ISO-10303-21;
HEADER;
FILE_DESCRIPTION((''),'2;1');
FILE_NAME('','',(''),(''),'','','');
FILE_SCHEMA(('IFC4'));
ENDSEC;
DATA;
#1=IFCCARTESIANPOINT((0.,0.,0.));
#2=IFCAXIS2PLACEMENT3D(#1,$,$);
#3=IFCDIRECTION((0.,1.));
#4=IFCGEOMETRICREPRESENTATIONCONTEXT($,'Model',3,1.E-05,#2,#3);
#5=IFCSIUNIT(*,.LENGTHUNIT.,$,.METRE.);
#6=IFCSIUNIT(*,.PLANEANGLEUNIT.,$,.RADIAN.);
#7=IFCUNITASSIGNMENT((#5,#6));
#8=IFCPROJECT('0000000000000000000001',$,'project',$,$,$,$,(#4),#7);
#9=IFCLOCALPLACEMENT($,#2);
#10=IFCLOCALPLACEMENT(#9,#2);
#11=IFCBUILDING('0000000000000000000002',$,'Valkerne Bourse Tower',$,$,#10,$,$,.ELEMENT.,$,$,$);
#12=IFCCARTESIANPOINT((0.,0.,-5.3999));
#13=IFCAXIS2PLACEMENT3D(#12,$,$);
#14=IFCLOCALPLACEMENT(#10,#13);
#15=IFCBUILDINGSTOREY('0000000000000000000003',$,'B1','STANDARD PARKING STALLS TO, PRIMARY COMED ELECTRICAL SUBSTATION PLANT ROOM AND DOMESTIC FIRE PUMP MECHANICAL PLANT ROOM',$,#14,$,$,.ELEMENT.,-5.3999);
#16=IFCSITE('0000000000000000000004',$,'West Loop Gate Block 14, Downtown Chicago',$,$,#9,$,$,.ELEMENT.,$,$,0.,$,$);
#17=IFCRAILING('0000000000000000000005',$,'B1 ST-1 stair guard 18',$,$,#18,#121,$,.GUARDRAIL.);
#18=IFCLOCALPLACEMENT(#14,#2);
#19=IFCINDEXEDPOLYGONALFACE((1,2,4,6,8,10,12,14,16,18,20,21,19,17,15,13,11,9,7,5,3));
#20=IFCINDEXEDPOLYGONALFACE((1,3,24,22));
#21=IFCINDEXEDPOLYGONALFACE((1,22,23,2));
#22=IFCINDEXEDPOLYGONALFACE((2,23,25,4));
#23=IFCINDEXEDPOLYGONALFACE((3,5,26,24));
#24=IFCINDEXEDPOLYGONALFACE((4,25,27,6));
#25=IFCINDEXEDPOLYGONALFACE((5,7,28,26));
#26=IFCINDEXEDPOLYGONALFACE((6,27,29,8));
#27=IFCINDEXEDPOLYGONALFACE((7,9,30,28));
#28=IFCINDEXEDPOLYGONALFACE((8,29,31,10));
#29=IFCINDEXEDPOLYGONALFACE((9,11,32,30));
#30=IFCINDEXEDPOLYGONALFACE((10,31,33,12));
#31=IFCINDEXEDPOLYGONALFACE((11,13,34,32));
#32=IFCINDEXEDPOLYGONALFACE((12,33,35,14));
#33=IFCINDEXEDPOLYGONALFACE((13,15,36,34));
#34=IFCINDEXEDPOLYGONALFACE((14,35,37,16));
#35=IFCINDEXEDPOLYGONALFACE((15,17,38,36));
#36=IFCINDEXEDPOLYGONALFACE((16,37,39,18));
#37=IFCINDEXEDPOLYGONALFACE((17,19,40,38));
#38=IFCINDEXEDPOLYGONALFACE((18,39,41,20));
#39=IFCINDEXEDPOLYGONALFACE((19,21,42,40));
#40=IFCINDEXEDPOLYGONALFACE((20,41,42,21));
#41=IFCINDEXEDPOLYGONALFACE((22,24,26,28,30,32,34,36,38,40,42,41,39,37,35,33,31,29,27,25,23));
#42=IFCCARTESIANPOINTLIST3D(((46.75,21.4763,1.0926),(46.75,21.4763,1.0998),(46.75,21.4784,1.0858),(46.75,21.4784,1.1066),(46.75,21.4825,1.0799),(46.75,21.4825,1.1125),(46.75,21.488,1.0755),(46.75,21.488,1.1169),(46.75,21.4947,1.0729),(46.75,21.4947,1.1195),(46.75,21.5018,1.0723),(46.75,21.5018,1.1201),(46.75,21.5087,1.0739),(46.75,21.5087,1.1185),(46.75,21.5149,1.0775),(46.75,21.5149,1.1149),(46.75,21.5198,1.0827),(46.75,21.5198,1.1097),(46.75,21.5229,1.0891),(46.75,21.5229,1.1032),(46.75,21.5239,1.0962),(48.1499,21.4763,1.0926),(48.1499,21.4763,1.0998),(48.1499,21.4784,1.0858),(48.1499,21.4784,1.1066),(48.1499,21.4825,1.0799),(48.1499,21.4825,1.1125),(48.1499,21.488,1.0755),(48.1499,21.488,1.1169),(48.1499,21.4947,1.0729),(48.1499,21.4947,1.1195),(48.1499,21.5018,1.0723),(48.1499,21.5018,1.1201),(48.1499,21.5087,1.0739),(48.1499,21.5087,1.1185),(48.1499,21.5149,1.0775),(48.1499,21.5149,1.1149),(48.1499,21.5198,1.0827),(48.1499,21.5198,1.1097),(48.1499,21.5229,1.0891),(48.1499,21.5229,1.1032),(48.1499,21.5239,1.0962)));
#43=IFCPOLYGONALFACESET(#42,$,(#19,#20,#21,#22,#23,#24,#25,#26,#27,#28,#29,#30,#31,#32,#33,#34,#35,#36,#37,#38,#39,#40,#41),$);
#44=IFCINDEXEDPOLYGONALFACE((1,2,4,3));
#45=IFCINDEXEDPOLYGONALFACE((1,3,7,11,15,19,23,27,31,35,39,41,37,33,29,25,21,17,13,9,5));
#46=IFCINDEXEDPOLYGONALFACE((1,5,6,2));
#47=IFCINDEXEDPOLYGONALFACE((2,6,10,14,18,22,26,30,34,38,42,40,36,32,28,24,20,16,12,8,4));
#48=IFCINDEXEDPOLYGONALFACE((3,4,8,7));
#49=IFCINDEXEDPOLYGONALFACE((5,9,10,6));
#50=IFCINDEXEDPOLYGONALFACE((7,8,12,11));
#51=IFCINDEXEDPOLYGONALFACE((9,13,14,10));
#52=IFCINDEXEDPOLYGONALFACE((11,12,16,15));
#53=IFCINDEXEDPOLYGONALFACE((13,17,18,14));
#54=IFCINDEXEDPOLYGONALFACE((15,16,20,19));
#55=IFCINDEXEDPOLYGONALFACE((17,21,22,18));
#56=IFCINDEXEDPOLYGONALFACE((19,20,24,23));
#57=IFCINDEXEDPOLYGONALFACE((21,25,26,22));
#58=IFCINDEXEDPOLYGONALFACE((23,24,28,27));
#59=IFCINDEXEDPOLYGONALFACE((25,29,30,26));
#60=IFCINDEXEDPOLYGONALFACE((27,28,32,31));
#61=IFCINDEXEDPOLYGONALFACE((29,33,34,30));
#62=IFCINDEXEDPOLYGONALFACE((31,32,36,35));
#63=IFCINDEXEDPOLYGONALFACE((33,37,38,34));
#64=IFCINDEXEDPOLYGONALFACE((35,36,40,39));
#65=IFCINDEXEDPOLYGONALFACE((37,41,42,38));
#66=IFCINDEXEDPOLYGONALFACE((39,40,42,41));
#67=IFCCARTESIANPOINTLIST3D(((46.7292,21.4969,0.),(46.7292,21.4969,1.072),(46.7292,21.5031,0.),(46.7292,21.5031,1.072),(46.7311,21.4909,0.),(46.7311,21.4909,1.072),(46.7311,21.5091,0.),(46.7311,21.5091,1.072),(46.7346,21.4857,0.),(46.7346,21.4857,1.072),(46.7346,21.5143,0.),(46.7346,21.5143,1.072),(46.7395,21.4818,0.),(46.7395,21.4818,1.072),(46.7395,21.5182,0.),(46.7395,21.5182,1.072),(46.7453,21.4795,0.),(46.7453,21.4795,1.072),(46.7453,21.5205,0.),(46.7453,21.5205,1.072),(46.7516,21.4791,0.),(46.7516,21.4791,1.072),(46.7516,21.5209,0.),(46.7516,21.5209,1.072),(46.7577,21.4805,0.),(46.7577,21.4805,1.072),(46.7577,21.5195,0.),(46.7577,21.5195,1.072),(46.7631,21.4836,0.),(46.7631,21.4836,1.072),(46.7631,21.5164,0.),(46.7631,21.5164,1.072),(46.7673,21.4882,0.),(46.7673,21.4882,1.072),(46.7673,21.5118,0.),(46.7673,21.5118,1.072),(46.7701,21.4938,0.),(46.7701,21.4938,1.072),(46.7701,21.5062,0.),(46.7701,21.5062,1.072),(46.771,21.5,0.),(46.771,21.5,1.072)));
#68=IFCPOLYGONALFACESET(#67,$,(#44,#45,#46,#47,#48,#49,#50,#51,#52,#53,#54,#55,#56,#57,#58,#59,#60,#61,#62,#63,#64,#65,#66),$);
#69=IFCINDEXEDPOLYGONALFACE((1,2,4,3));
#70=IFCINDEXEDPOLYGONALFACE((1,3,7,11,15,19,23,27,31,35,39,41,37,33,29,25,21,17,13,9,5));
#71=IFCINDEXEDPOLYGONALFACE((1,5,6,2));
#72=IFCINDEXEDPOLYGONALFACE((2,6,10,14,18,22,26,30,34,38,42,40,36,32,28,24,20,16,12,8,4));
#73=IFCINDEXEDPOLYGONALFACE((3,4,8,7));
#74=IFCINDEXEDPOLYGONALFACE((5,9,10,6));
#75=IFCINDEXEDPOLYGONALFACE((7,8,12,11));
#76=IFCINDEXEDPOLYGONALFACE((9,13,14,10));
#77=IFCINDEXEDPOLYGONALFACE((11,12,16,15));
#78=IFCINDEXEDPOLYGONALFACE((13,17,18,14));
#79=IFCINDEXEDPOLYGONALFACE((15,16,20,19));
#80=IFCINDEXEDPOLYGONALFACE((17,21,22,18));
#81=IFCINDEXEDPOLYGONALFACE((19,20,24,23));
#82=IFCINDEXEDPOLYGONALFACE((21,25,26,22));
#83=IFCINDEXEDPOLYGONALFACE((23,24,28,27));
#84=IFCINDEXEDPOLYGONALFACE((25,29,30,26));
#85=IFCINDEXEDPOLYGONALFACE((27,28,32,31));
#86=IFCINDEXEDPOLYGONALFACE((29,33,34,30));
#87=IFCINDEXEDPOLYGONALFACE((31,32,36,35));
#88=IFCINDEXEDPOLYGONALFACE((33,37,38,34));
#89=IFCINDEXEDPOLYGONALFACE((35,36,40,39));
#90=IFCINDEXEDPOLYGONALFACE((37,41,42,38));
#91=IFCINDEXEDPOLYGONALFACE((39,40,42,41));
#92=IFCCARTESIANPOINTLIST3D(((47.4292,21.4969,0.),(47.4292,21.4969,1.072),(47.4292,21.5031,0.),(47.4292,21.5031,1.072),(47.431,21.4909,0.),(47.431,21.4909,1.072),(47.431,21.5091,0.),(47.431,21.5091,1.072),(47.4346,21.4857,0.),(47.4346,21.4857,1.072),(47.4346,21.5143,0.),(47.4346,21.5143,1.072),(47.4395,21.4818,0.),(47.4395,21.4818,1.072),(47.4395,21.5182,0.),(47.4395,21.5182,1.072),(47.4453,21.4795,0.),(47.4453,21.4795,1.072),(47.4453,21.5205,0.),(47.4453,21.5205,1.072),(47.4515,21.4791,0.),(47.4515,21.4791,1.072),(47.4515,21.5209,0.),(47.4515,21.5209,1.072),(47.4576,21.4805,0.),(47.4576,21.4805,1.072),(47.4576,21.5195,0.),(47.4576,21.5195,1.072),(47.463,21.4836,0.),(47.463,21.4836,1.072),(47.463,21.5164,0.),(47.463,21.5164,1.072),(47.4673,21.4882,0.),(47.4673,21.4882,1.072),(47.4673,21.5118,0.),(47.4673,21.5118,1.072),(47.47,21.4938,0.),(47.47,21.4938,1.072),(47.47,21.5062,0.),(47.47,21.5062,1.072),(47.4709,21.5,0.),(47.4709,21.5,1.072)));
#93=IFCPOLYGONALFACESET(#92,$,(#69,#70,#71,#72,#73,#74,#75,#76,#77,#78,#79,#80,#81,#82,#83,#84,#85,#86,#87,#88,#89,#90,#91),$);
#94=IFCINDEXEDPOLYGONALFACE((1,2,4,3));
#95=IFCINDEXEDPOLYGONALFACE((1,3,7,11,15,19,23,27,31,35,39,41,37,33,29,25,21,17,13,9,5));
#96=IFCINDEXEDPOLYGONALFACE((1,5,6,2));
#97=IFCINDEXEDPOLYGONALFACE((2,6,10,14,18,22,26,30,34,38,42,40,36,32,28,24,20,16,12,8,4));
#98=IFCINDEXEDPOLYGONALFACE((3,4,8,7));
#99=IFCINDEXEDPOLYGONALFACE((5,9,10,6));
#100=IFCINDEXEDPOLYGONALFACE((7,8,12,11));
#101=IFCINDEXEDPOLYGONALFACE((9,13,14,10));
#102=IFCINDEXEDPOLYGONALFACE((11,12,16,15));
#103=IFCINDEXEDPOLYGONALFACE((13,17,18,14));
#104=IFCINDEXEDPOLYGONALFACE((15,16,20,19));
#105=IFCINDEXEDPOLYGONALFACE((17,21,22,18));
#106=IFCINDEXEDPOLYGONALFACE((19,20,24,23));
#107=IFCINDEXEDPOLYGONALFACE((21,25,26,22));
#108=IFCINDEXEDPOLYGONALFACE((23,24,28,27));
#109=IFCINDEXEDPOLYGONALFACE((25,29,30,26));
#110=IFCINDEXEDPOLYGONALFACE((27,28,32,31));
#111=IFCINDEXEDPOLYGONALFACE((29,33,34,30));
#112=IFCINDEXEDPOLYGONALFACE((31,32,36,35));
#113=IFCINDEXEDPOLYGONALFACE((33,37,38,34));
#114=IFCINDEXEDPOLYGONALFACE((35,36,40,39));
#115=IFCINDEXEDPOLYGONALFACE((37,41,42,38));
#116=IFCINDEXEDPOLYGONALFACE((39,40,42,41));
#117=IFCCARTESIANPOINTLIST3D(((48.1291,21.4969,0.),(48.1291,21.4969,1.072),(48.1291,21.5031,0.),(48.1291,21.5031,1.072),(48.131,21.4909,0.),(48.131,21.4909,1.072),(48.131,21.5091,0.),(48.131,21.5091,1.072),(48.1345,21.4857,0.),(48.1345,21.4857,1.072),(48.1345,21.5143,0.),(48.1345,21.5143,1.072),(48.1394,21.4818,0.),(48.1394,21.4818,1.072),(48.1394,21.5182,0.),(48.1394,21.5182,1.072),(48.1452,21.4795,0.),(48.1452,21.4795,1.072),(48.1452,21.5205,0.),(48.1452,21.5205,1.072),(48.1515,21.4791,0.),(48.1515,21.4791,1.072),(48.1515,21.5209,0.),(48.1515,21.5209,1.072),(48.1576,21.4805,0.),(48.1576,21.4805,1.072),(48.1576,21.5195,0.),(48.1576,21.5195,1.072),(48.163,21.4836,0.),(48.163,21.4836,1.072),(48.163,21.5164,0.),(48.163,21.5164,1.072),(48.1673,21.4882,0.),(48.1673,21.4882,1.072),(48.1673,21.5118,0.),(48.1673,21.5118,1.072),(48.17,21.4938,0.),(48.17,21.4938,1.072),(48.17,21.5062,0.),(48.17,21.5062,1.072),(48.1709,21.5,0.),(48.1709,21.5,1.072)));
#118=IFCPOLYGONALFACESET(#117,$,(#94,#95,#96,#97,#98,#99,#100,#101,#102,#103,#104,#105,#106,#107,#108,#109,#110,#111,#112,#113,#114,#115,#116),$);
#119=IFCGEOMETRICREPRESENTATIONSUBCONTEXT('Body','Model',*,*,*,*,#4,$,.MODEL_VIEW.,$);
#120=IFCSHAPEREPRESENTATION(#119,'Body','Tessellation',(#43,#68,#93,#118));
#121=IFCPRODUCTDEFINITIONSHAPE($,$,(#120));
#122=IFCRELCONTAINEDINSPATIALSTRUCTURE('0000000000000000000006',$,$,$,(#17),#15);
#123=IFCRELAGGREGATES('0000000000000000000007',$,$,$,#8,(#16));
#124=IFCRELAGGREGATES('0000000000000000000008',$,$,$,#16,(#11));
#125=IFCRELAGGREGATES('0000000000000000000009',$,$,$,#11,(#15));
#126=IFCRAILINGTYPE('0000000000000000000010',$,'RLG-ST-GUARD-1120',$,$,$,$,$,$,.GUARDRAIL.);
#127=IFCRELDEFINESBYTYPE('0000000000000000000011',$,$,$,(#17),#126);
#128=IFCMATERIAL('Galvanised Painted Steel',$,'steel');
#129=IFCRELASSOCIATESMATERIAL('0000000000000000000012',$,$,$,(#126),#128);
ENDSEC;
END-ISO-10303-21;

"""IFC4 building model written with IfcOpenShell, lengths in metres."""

from ifc_helpers import new_model, si_unit, direction, frame, origin, origin_2d, place, context, subcontext, project, spatial, circle, extrude, material, type_object, element, save


model = new_model("IFC4")

# Units and contexts
model_context = context("Model", 3, precision=1e-05, world=origin(), true_north=direction((0.0, 1.0)))
body_context = subcontext(model_context, "Body", "Model", "MODEL_VIEW")
ifc_project = project(units=[si_unit("LENGTHUNIT", "METRE"), si_unit("PLANEANGLEUNIT", "RADIAN")], contexts=[model_context])

# Site, building, storey
site_placement = place(None, origin())
site = spatial("IfcSite", under=ifc_project, at=site_placement, Name="West Loop Gate Block 14, Downtown Chicago", CompositionType="ELEMENT", RefElevation=0.0)
building_placement = place(site_placement, origin())
building = spatial("IfcBuilding", under=site, at=building_placement, Name="Valkerne Bourse Tower", CompositionType="ELEMENT")
storey_placement = place(building_placement, frame((0.0, 0.0, -5.3999)))
storey = spatial("IfcBuildingStorey", under=building, at=storey_placement, Name="B1", Description="STANDARD PARKING STALLS TO, PRIMARY COMED ELECTRICAL SUBSTATION PLANT ROOM AND DOMESTIC FIRE PUMP MECHANICAL PLANT ROOM", CompositionType="ELEMENT", Elevation=-5.3999)

# Shared definitions
ifc_material_1 = material(Name="Galvanised Painted Steel", Category="steel")

# Railing
railing_type_1 = type_object("IfcRailingType", Name="RLG-ST-GUARD-1120", PredefinedType="GUARDRAIL", material=ifc_material_1)
railing_1_placement = place(storey_placement, frame((46.75, 21.5, 0.0)))
element("IfcRailing", 1, at=railing_1_placement, inside=storey, type_object=railing_type_1, Name="B1 ST-1 stair guard 18", PredefinedType="GUARDRAIL", context=body_context, shape_type="SweptSolid", body=[
    extrude(circle(Radius=0.0239, at=origin_2d()), frame((0.0, 0.0, 1.0962), z_axis=(1.0, 0.0, 0.0), x_axis=(0.0, 1.0, 0.0)), (0.0, 0.0, 1.0), 1.3999),
    extrude(circle(Radius=0.021, at=origin_2d()), origin(), (0.0, 0.0, 1.0), 1.072),
    extrude(circle(Radius=0.021, at=origin_2d()), frame((0.7, 0.0, 0.0)), (0.0, 0.0, 1.0), 1.072),
    extrude(circle(Radius=0.021, at=origin_2d()), frame((1.3999, 0.0, 0.0)), (0.0, 0.0, 1.0), 1.072),
])

save(model, "model.ifc")
